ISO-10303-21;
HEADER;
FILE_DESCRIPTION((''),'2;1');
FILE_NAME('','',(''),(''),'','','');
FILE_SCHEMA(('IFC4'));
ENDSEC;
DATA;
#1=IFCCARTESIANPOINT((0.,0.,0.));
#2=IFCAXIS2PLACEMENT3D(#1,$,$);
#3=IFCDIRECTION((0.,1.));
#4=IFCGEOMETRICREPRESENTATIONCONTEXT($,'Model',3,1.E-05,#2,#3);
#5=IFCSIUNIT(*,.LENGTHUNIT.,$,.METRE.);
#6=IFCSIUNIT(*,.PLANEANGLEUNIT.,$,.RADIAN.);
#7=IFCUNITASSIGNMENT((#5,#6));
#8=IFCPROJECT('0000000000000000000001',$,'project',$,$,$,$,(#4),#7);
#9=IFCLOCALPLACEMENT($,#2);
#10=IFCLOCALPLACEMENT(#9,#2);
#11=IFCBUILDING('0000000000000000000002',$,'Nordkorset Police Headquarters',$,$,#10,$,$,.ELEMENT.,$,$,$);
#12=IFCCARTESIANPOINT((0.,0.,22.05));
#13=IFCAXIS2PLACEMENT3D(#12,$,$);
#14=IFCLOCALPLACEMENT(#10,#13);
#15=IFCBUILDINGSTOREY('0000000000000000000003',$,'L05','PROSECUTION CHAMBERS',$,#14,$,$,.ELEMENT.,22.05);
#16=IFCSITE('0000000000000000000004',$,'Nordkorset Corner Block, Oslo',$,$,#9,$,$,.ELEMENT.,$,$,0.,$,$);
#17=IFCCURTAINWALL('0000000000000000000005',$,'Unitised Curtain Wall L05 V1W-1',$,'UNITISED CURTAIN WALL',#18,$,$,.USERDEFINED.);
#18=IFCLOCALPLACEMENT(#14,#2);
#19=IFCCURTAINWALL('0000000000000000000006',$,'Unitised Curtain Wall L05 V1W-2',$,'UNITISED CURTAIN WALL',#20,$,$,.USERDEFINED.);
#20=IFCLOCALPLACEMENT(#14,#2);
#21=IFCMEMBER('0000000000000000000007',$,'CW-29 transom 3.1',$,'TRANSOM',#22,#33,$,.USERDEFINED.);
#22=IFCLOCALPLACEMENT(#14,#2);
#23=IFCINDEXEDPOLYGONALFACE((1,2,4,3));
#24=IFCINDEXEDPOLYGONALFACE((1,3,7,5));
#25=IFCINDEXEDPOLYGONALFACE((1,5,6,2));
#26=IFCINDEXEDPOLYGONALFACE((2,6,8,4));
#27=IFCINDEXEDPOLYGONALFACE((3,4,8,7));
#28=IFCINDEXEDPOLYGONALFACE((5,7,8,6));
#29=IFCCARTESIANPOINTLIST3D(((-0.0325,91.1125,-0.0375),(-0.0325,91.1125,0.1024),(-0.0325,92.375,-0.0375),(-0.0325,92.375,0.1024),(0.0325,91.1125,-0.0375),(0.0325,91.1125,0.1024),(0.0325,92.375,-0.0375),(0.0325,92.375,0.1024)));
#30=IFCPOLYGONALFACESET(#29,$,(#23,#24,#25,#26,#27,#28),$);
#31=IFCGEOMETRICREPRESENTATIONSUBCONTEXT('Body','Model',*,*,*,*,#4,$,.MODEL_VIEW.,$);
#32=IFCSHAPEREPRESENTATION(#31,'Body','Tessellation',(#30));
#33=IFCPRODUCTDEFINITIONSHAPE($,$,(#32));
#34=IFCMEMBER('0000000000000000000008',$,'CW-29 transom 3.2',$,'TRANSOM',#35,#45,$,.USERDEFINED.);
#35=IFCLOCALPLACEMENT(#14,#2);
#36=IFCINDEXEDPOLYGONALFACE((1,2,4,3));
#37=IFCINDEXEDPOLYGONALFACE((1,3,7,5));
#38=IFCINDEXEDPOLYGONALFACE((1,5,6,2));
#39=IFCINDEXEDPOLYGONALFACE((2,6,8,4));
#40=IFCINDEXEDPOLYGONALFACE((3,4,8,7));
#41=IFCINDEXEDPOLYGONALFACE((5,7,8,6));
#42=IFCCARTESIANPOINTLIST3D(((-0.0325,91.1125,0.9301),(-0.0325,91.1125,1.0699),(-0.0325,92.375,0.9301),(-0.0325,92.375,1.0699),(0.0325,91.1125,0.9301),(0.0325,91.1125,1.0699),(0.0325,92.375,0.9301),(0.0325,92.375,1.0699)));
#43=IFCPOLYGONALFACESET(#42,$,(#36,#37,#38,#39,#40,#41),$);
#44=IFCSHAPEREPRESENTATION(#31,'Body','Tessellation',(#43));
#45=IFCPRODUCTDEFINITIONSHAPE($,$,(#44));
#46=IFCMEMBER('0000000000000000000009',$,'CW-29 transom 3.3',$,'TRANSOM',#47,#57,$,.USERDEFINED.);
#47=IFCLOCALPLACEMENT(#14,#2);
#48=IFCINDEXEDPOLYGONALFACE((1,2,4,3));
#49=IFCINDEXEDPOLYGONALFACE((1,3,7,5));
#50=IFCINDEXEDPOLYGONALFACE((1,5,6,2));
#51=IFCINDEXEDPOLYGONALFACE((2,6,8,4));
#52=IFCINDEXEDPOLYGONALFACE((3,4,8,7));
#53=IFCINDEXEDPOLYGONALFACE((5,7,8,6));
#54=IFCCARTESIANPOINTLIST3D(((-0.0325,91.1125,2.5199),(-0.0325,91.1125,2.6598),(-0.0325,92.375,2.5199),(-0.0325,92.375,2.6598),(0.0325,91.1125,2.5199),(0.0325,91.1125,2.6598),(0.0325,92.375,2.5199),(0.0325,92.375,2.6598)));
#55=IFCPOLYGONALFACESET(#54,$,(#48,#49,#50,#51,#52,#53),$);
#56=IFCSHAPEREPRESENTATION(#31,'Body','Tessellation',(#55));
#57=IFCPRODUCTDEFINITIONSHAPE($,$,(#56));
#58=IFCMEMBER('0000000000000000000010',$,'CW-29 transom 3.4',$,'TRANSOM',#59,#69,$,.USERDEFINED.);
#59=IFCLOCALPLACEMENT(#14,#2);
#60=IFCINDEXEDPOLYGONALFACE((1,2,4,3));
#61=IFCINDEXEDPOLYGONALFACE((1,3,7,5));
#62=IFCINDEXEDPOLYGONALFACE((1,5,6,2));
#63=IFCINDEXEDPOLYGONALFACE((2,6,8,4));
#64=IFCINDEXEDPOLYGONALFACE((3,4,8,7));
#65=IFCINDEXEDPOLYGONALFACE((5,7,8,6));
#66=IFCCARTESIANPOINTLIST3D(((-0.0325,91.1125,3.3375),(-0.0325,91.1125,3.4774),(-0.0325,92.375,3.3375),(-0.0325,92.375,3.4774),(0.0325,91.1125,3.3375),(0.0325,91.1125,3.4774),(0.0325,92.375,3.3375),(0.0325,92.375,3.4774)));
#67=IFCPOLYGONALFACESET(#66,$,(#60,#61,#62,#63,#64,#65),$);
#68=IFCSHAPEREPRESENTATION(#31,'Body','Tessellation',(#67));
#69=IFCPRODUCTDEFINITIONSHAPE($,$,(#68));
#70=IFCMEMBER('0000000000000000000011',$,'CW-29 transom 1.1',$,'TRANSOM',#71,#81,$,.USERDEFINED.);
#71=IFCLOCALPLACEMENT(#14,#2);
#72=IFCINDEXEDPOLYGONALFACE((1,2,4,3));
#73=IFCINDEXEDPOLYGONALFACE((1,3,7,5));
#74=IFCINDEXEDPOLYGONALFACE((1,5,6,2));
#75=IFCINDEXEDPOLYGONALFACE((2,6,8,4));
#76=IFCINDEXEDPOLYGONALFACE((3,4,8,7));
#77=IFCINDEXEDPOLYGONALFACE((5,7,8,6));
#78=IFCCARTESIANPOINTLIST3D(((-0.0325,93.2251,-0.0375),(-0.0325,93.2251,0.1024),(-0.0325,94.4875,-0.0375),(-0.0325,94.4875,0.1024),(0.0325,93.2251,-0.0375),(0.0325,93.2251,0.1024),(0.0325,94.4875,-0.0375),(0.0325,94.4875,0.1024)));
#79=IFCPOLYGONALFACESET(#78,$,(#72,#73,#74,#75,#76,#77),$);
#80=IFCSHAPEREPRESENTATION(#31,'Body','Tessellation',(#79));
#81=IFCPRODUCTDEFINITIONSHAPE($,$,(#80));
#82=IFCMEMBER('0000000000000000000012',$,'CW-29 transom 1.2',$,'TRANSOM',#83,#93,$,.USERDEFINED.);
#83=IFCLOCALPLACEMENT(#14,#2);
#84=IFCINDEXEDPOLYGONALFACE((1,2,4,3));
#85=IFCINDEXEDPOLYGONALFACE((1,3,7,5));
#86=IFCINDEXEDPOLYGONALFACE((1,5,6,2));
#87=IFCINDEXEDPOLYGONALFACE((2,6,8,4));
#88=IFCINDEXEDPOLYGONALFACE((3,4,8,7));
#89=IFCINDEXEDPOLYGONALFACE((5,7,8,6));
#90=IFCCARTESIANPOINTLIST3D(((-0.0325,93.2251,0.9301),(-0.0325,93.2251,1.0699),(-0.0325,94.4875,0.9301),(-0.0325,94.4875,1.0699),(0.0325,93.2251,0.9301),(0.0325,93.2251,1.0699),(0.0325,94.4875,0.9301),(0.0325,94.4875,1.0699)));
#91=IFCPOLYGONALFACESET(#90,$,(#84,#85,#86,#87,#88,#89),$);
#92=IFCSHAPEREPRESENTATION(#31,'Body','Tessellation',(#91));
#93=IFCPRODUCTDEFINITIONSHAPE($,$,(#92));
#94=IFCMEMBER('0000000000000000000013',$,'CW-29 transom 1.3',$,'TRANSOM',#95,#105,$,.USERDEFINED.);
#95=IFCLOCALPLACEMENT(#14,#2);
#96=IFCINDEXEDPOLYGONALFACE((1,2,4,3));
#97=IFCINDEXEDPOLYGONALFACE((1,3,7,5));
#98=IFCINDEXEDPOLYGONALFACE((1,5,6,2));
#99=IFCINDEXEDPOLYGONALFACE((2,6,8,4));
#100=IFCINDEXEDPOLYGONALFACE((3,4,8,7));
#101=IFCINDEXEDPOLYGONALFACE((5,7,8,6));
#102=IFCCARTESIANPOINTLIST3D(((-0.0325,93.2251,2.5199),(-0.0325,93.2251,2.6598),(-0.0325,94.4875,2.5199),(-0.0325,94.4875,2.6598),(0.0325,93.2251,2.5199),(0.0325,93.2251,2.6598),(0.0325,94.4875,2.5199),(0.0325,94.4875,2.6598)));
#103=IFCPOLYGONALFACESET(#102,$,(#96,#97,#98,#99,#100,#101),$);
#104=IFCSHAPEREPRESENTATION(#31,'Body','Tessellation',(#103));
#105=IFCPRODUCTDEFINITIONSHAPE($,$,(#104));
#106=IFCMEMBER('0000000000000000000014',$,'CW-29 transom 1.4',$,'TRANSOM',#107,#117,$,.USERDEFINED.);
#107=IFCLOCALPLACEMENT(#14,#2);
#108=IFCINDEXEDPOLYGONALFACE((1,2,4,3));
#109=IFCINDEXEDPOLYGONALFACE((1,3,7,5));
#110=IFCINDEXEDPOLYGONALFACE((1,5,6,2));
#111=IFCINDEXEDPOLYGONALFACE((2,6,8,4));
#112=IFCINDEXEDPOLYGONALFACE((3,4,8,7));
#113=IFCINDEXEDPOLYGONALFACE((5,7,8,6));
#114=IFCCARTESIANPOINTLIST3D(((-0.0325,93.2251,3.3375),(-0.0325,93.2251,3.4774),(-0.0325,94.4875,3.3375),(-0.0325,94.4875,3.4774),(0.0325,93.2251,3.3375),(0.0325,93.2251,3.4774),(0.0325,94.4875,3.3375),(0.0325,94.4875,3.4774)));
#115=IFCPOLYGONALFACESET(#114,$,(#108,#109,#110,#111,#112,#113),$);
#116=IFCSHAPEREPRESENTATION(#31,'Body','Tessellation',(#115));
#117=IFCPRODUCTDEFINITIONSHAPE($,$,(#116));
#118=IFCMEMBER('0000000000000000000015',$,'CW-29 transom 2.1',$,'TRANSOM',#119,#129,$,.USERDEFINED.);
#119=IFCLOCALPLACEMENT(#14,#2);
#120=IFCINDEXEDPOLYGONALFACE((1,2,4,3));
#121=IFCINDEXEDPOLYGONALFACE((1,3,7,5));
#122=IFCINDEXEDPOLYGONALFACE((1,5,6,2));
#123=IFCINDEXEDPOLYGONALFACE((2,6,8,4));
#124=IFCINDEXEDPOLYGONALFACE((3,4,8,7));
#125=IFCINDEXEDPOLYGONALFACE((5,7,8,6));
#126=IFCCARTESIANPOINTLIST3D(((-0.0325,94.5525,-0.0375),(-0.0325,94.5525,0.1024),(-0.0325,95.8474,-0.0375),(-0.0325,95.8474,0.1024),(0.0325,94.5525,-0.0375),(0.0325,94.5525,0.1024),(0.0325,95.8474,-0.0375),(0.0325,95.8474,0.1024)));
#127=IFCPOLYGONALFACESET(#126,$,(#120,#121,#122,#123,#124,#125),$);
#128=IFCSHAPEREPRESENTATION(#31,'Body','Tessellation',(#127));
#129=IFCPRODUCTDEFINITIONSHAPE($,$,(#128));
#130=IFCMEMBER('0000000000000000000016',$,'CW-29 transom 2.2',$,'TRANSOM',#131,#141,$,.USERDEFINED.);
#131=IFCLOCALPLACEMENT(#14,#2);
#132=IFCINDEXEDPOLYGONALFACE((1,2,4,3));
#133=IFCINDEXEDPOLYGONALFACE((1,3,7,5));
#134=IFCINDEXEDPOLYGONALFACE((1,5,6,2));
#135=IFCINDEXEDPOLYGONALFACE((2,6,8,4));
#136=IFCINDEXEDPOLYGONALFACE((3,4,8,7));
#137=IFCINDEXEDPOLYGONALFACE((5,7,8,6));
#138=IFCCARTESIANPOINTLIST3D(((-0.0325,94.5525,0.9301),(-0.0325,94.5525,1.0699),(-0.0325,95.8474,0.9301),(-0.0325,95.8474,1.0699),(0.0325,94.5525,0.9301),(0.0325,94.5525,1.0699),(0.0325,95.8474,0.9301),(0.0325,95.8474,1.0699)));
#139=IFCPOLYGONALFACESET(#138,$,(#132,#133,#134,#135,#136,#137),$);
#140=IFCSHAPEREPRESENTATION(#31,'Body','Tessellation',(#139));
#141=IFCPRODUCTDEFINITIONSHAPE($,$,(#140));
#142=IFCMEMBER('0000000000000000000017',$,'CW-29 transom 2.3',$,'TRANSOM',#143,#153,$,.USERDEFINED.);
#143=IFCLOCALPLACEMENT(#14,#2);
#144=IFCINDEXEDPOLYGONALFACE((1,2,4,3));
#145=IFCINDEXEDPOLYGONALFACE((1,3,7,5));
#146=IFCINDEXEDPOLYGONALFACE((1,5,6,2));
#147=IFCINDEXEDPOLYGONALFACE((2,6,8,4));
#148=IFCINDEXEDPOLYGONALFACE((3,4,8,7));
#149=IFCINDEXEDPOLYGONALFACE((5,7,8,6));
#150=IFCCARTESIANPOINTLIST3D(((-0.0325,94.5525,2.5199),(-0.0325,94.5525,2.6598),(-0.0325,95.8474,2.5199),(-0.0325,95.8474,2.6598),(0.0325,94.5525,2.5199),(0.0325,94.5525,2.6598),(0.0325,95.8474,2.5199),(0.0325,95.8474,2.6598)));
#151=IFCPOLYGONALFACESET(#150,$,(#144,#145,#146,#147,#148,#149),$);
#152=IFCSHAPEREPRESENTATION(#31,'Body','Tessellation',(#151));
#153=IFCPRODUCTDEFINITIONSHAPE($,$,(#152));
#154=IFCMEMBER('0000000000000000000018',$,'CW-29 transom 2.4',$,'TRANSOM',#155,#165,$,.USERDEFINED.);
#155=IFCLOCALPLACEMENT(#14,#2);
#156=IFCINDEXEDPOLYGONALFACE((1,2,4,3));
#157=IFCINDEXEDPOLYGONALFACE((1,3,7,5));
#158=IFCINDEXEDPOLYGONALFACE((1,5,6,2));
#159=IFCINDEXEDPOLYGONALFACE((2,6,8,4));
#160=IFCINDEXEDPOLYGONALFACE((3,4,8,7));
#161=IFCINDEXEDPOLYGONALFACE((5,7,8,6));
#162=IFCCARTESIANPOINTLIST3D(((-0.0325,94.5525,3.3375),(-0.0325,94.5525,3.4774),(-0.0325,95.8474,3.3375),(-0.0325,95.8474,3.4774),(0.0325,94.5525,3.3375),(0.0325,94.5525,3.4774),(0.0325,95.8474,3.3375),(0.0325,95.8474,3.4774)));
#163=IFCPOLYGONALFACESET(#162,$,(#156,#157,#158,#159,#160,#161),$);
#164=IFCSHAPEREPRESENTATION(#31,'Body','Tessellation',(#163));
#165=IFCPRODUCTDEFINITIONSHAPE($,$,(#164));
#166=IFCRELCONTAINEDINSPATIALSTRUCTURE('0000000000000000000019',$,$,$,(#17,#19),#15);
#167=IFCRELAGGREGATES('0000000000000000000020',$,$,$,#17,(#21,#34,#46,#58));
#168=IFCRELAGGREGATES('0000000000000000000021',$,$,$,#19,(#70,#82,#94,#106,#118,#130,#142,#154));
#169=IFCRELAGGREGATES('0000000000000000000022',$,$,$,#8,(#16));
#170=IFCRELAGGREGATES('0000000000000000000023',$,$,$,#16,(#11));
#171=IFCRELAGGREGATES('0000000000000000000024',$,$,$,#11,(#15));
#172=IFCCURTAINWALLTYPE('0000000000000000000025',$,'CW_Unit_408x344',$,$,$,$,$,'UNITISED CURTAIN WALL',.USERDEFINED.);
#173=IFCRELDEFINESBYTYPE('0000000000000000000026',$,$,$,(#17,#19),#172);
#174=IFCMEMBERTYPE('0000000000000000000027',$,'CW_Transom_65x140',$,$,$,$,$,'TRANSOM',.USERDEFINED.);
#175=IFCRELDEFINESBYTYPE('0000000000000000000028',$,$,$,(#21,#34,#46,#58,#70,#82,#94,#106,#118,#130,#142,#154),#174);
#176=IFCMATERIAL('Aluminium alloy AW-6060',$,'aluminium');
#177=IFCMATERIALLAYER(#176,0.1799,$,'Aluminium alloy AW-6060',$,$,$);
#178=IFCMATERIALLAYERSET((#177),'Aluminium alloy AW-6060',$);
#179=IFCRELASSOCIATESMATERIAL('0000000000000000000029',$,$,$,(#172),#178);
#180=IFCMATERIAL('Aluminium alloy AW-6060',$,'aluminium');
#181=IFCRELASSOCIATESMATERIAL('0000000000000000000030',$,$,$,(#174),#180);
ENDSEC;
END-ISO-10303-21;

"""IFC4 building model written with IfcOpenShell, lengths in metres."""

from ifc_helpers import new_model, si_unit, direction, frame, origin, origin_2d, place, context, subcontext, project, spatial, rectangle, extrude, material, layer, layer_set, material_profile, profile_set, type_object, element, aggregate, save


model = new_model("IFC4")

# Units and contexts
model_context = context("Model", 3, precision=1e-05, world=origin(), true_north=direction((0.0, 1.0)))
body_context = subcontext(model_context, "Body", "Model", "MODEL_VIEW")
ifc_project = project(units=[si_unit("LENGTHUNIT", "METRE"), si_unit("PLANEANGLEUNIT", "RADIAN")], contexts=[model_context])

# Site, building, storey
site_placement = place(None, origin())
site = spatial("IfcSite", under=ifc_project, at=site_placement, Name="Nordkorset Corner Block, Oslo", CompositionType="ELEMENT", RefElevation=0.0)
building_placement = place(site_placement, origin())
building = spatial("IfcBuilding", under=site, at=building_placement, Name="Nordkorset Police Headquarters", CompositionType="ELEMENT")
storey_placement = place(building_placement, frame((0.0, 0.0, 22.05)))
storey = spatial("IfcBuildingStorey", under=building, at=storey_placement, Name="L05", Description="PROSECUTION CHAMBERS", CompositionType="ELEMENT", Elevation=22.05)

# Curtain walls
ifc_material_1 = material(Name="Aluminium alloy AW-6060", Category="aluminium")
ifc_layer_1 = layer(ifc_material_1, 0.1799, Name="Aluminium alloy AW-6060")
ifc_layer_set_1 = layer_set([ifc_layer_1], Name="Aluminium alloy AW-6060")
curtain_wall_type = type_object("IfcCurtainWallType", Name="CW_Unit_408x344", ElementType="UNITISED CURTAIN WALL", PredefinedType="USERDEFINED", material=ifc_layer_set_1)
curtain_wall_1_placement = place(storey_placement, origin())
curtain_wall_1 = element("IfcCurtainWall", 1, at=curtain_wall_1_placement, inside=storey, type_object=curtain_wall_type, Name="Unitised Curtain Wall L05 V1W-1", ObjectType="UNITISED CURTAIN WALL", PredefinedType="USERDEFINED")
curtain_wall_2_placement = place(storey_placement, origin())
curtain_wall_2 = element("IfcCurtainWall", 2, at=curtain_wall_2_placement, inside=storey, type_object=curtain_wall_type, Name="Unitised Curtain Wall L05 V1W-2", ObjectType="UNITISED CURTAIN WALL", PredefinedType="USERDEFINED")

# Members
ifc_material_2 = material(Name="Aluminium alloy AW-6060", Category="aluminium")
ifc_material_profile_1 = material_profile(ifc_material_2, rectangle(XDim=0.0649, YDim=0.1399, at=origin_2d()), Name="ALU TRAN 65x140")
ifc_profile_set_1 = profile_set([ifc_material_profile_1], Name="Aluminium alloy AW-6060")
member_type_1 = type_object("IfcMemberType", Name="CW_Transom_65x140", ElementType="TRANSOM", PredefinedType="USERDEFINED", material=ifc_profile_set_1)
member_1_placement = place(storey_placement, frame((0.0, 91.1125, 0.0325), z_axis=(0.0, 1.0, 0.0), x_axis=(-1.0, 0.0, 0.0)))
member_1 = element("IfcMember", 3, at=member_1_placement, type_object=member_type_1, Name="CW-29 transom 3.1", ObjectType="TRANSOM", PredefinedType="USERDEFINED", context=body_context, shape_type="SweptSolid", body=[
    extrude(rectangle(XDim=0.0649, YDim=0.1399, at=origin_2d()), origin(), (0.0, 0.0, 1.0), 1.2625),
])
member_2_placement = place(storey_placement, frame((0.0, 91.1125, 1.0), z_axis=(0.0, 1.0, 0.0), x_axis=(-1.0, 0.0, 0.0)))
member_2 = element("IfcMember", 4, at=member_2_placement, type_object=member_type_1, Name="CW-29 transom 3.2", ObjectType="TRANSOM", PredefinedType="USERDEFINED", context=body_context, shape_type="SweptSolid", body=[
    extrude(rectangle(XDim=0.0649, YDim=0.1399, at=origin_2d()), origin(), (0.0, 0.0, 1.0), 1.2625),
])
member_3_placement = place(storey_placement, frame((0.0, 91.1125, 2.5898), z_axis=(0.0, 1.0, 0.0), x_axis=(-1.0, 0.0, 0.0)))
member_3 = element("IfcMember", 5, at=member_3_placement, type_object=member_type_1, Name="CW-29 transom 3.3", ObjectType="TRANSOM", PredefinedType="USERDEFINED", context=body_context, shape_type="SweptSolid", body=[
    extrude(rectangle(XDim=0.0649, YDim=0.1399, at=origin_2d()), origin(), (0.0, 0.0, 1.0), 1.2625),
])
member_4_placement = place(storey_placement, frame((0.0, 91.1125, 3.4075), z_axis=(0.0, 1.0, 0.0), x_axis=(-1.0, 0.0, 0.0)))
member_4 = element("IfcMember", 6, at=member_4_placement, type_object=member_type_1, Name="CW-29 transom 3.4", ObjectType="TRANSOM", PredefinedType="USERDEFINED", context=body_context, shape_type="SweptSolid", body=[
    extrude(rectangle(XDim=0.0649, YDim=0.1399, at=origin_2d()), origin(), (0.0, 0.0, 1.0), 1.2625),
])
member_5_placement = place(storey_placement, frame((0.0, 93.2251, 0.0325), z_axis=(0.0, 1.0, 0.0), x_axis=(-1.0, 0.0, 0.0)))
member_5 = element("IfcMember", 7, at=member_5_placement, type_object=member_type_1, Name="CW-29 transom 1.1", ObjectType="TRANSOM", PredefinedType="USERDEFINED", context=body_context, shape_type="SweptSolid", body=[
    extrude(rectangle(XDim=0.0649, YDim=0.1399, at=origin_2d()), origin(), (0.0, 0.0, 1.0), 1.2625),
])
member_6_placement = place(storey_placement, frame((0.0, 93.2251, 1.0), z_axis=(0.0, 1.0, 0.0), x_axis=(-1.0, 0.0, 0.0)))
member_6 = element("IfcMember", 8, at=member_6_placement, type_object=member_type_1, Name="CW-29 transom 1.2", ObjectType="TRANSOM", PredefinedType="USERDEFINED", context=body_context, shape_type="SweptSolid", body=[
    extrude(rectangle(XDim=0.0649, YDim=0.1399, at=origin_2d()), origin(), (0.0, 0.0, 1.0), 1.2625),
])
member_7_placement = place(storey_placement, frame((0.0, 93.2251, 2.5898), z_axis=(0.0, 1.0, 0.0), x_axis=(-1.0, 0.0, 0.0)))
member_7 = element("IfcMember", 9, at=member_7_placement, type_object=member_type_1, Name="CW-29 transom 1.3", ObjectType="TRANSOM", PredefinedType="USERDEFINED", context=body_context, shape_type="SweptSolid", body=[
    extrude(rectangle(XDim=0.0649, YDim=0.1399, at=origin_2d()), origin(), (0.0, 0.0, 1.0), 1.2625),
])
member_8_placement = place(storey_placement, frame((0.0, 93.2251, 3.4075), z_axis=(0.0, 1.0, 0.0), x_axis=(-1.0, 0.0, 0.0)))
member_8 = element("IfcMember", 10, at=member_8_placement, type_object=member_type_1, Name="CW-29 transom 1.4", ObjectType="TRANSOM", PredefinedType="USERDEFINED", context=body_context, shape_type="SweptSolid", body=[
    extrude(rectangle(XDim=0.0649, YDim=0.1399, at=origin_2d()), origin(), (0.0, 0.0, 1.0), 1.2625),
])
member_9_placement = place(storey_placement, frame((0.0, 94.5525, 0.0325), z_axis=(0.0, 1.0, 0.0), x_axis=(-1.0, 0.0, 0.0)))
member_9 = element("IfcMember", 11, at=member_9_placement, type_object=member_type_1, Name="CW-29 transom 2.1", ObjectType="TRANSOM", PredefinedType="USERDEFINED", context=body_context, shape_type="SweptSolid", body=[
    extrude(rectangle(XDim=0.0649, YDim=0.1399, at=origin_2d()), origin(), (0.0, 0.0, 1.0), 1.2949),
])
member_10_placement = place(storey_placement, frame((0.0, 94.5525, 1.0), z_axis=(0.0, 1.0, 0.0), x_axis=(-1.0, 0.0, 0.0)))
member_10 = element("IfcMember", 12, at=member_10_placement, type_object=member_type_1, Name="CW-29 transom 2.2", ObjectType="TRANSOM", PredefinedType="USERDEFINED", context=body_context, shape_type="SweptSolid", body=[
    extrude(rectangle(XDim=0.0649, YDim=0.1399, at=origin_2d()), origin(), (0.0, 0.0, 1.0), 1.2949),
])
member_11_placement = place(storey_placement, frame((0.0, 94.5525, 2.5898), z_axis=(0.0, 1.0, 0.0), x_axis=(-1.0, 0.0, 0.0)))
member_11 = element("IfcMember", 13, at=member_11_placement, type_object=member_type_1, Name="CW-29 transom 2.3", ObjectType="TRANSOM", PredefinedType="USERDEFINED", context=body_context, shape_type="SweptSolid", body=[
    extrude(rectangle(XDim=0.0649, YDim=0.1399, at=origin_2d()), origin(), (0.0, 0.0, 1.0), 1.2949),
])
member_12_placement = place(storey_placement, frame((0.0, 94.5525, 3.4075), z_axis=(0.0, 1.0, 0.0), x_axis=(-1.0, 0.0, 0.0)))
member_12 = element("IfcMember", 14, at=member_12_placement, type_object=member_type_1, Name="CW-29 transom 2.4", ObjectType="TRANSOM", PredefinedType="USERDEFINED", context=body_context, shape_type="SweptSolid", body=[
    extrude(rectangle(XDim=0.0649, YDim=0.1399, at=origin_2d()), origin(), (0.0, 0.0, 1.0), 1.2949),
])

aggregate(curtain_wall_1, [member_1, member_2, member_3, member_4])
aggregate(curtain_wall_2, [member_5, member_6, member_7, member_8, member_9, member_10, member_11, member_12])

save(model, "model.ifc")
